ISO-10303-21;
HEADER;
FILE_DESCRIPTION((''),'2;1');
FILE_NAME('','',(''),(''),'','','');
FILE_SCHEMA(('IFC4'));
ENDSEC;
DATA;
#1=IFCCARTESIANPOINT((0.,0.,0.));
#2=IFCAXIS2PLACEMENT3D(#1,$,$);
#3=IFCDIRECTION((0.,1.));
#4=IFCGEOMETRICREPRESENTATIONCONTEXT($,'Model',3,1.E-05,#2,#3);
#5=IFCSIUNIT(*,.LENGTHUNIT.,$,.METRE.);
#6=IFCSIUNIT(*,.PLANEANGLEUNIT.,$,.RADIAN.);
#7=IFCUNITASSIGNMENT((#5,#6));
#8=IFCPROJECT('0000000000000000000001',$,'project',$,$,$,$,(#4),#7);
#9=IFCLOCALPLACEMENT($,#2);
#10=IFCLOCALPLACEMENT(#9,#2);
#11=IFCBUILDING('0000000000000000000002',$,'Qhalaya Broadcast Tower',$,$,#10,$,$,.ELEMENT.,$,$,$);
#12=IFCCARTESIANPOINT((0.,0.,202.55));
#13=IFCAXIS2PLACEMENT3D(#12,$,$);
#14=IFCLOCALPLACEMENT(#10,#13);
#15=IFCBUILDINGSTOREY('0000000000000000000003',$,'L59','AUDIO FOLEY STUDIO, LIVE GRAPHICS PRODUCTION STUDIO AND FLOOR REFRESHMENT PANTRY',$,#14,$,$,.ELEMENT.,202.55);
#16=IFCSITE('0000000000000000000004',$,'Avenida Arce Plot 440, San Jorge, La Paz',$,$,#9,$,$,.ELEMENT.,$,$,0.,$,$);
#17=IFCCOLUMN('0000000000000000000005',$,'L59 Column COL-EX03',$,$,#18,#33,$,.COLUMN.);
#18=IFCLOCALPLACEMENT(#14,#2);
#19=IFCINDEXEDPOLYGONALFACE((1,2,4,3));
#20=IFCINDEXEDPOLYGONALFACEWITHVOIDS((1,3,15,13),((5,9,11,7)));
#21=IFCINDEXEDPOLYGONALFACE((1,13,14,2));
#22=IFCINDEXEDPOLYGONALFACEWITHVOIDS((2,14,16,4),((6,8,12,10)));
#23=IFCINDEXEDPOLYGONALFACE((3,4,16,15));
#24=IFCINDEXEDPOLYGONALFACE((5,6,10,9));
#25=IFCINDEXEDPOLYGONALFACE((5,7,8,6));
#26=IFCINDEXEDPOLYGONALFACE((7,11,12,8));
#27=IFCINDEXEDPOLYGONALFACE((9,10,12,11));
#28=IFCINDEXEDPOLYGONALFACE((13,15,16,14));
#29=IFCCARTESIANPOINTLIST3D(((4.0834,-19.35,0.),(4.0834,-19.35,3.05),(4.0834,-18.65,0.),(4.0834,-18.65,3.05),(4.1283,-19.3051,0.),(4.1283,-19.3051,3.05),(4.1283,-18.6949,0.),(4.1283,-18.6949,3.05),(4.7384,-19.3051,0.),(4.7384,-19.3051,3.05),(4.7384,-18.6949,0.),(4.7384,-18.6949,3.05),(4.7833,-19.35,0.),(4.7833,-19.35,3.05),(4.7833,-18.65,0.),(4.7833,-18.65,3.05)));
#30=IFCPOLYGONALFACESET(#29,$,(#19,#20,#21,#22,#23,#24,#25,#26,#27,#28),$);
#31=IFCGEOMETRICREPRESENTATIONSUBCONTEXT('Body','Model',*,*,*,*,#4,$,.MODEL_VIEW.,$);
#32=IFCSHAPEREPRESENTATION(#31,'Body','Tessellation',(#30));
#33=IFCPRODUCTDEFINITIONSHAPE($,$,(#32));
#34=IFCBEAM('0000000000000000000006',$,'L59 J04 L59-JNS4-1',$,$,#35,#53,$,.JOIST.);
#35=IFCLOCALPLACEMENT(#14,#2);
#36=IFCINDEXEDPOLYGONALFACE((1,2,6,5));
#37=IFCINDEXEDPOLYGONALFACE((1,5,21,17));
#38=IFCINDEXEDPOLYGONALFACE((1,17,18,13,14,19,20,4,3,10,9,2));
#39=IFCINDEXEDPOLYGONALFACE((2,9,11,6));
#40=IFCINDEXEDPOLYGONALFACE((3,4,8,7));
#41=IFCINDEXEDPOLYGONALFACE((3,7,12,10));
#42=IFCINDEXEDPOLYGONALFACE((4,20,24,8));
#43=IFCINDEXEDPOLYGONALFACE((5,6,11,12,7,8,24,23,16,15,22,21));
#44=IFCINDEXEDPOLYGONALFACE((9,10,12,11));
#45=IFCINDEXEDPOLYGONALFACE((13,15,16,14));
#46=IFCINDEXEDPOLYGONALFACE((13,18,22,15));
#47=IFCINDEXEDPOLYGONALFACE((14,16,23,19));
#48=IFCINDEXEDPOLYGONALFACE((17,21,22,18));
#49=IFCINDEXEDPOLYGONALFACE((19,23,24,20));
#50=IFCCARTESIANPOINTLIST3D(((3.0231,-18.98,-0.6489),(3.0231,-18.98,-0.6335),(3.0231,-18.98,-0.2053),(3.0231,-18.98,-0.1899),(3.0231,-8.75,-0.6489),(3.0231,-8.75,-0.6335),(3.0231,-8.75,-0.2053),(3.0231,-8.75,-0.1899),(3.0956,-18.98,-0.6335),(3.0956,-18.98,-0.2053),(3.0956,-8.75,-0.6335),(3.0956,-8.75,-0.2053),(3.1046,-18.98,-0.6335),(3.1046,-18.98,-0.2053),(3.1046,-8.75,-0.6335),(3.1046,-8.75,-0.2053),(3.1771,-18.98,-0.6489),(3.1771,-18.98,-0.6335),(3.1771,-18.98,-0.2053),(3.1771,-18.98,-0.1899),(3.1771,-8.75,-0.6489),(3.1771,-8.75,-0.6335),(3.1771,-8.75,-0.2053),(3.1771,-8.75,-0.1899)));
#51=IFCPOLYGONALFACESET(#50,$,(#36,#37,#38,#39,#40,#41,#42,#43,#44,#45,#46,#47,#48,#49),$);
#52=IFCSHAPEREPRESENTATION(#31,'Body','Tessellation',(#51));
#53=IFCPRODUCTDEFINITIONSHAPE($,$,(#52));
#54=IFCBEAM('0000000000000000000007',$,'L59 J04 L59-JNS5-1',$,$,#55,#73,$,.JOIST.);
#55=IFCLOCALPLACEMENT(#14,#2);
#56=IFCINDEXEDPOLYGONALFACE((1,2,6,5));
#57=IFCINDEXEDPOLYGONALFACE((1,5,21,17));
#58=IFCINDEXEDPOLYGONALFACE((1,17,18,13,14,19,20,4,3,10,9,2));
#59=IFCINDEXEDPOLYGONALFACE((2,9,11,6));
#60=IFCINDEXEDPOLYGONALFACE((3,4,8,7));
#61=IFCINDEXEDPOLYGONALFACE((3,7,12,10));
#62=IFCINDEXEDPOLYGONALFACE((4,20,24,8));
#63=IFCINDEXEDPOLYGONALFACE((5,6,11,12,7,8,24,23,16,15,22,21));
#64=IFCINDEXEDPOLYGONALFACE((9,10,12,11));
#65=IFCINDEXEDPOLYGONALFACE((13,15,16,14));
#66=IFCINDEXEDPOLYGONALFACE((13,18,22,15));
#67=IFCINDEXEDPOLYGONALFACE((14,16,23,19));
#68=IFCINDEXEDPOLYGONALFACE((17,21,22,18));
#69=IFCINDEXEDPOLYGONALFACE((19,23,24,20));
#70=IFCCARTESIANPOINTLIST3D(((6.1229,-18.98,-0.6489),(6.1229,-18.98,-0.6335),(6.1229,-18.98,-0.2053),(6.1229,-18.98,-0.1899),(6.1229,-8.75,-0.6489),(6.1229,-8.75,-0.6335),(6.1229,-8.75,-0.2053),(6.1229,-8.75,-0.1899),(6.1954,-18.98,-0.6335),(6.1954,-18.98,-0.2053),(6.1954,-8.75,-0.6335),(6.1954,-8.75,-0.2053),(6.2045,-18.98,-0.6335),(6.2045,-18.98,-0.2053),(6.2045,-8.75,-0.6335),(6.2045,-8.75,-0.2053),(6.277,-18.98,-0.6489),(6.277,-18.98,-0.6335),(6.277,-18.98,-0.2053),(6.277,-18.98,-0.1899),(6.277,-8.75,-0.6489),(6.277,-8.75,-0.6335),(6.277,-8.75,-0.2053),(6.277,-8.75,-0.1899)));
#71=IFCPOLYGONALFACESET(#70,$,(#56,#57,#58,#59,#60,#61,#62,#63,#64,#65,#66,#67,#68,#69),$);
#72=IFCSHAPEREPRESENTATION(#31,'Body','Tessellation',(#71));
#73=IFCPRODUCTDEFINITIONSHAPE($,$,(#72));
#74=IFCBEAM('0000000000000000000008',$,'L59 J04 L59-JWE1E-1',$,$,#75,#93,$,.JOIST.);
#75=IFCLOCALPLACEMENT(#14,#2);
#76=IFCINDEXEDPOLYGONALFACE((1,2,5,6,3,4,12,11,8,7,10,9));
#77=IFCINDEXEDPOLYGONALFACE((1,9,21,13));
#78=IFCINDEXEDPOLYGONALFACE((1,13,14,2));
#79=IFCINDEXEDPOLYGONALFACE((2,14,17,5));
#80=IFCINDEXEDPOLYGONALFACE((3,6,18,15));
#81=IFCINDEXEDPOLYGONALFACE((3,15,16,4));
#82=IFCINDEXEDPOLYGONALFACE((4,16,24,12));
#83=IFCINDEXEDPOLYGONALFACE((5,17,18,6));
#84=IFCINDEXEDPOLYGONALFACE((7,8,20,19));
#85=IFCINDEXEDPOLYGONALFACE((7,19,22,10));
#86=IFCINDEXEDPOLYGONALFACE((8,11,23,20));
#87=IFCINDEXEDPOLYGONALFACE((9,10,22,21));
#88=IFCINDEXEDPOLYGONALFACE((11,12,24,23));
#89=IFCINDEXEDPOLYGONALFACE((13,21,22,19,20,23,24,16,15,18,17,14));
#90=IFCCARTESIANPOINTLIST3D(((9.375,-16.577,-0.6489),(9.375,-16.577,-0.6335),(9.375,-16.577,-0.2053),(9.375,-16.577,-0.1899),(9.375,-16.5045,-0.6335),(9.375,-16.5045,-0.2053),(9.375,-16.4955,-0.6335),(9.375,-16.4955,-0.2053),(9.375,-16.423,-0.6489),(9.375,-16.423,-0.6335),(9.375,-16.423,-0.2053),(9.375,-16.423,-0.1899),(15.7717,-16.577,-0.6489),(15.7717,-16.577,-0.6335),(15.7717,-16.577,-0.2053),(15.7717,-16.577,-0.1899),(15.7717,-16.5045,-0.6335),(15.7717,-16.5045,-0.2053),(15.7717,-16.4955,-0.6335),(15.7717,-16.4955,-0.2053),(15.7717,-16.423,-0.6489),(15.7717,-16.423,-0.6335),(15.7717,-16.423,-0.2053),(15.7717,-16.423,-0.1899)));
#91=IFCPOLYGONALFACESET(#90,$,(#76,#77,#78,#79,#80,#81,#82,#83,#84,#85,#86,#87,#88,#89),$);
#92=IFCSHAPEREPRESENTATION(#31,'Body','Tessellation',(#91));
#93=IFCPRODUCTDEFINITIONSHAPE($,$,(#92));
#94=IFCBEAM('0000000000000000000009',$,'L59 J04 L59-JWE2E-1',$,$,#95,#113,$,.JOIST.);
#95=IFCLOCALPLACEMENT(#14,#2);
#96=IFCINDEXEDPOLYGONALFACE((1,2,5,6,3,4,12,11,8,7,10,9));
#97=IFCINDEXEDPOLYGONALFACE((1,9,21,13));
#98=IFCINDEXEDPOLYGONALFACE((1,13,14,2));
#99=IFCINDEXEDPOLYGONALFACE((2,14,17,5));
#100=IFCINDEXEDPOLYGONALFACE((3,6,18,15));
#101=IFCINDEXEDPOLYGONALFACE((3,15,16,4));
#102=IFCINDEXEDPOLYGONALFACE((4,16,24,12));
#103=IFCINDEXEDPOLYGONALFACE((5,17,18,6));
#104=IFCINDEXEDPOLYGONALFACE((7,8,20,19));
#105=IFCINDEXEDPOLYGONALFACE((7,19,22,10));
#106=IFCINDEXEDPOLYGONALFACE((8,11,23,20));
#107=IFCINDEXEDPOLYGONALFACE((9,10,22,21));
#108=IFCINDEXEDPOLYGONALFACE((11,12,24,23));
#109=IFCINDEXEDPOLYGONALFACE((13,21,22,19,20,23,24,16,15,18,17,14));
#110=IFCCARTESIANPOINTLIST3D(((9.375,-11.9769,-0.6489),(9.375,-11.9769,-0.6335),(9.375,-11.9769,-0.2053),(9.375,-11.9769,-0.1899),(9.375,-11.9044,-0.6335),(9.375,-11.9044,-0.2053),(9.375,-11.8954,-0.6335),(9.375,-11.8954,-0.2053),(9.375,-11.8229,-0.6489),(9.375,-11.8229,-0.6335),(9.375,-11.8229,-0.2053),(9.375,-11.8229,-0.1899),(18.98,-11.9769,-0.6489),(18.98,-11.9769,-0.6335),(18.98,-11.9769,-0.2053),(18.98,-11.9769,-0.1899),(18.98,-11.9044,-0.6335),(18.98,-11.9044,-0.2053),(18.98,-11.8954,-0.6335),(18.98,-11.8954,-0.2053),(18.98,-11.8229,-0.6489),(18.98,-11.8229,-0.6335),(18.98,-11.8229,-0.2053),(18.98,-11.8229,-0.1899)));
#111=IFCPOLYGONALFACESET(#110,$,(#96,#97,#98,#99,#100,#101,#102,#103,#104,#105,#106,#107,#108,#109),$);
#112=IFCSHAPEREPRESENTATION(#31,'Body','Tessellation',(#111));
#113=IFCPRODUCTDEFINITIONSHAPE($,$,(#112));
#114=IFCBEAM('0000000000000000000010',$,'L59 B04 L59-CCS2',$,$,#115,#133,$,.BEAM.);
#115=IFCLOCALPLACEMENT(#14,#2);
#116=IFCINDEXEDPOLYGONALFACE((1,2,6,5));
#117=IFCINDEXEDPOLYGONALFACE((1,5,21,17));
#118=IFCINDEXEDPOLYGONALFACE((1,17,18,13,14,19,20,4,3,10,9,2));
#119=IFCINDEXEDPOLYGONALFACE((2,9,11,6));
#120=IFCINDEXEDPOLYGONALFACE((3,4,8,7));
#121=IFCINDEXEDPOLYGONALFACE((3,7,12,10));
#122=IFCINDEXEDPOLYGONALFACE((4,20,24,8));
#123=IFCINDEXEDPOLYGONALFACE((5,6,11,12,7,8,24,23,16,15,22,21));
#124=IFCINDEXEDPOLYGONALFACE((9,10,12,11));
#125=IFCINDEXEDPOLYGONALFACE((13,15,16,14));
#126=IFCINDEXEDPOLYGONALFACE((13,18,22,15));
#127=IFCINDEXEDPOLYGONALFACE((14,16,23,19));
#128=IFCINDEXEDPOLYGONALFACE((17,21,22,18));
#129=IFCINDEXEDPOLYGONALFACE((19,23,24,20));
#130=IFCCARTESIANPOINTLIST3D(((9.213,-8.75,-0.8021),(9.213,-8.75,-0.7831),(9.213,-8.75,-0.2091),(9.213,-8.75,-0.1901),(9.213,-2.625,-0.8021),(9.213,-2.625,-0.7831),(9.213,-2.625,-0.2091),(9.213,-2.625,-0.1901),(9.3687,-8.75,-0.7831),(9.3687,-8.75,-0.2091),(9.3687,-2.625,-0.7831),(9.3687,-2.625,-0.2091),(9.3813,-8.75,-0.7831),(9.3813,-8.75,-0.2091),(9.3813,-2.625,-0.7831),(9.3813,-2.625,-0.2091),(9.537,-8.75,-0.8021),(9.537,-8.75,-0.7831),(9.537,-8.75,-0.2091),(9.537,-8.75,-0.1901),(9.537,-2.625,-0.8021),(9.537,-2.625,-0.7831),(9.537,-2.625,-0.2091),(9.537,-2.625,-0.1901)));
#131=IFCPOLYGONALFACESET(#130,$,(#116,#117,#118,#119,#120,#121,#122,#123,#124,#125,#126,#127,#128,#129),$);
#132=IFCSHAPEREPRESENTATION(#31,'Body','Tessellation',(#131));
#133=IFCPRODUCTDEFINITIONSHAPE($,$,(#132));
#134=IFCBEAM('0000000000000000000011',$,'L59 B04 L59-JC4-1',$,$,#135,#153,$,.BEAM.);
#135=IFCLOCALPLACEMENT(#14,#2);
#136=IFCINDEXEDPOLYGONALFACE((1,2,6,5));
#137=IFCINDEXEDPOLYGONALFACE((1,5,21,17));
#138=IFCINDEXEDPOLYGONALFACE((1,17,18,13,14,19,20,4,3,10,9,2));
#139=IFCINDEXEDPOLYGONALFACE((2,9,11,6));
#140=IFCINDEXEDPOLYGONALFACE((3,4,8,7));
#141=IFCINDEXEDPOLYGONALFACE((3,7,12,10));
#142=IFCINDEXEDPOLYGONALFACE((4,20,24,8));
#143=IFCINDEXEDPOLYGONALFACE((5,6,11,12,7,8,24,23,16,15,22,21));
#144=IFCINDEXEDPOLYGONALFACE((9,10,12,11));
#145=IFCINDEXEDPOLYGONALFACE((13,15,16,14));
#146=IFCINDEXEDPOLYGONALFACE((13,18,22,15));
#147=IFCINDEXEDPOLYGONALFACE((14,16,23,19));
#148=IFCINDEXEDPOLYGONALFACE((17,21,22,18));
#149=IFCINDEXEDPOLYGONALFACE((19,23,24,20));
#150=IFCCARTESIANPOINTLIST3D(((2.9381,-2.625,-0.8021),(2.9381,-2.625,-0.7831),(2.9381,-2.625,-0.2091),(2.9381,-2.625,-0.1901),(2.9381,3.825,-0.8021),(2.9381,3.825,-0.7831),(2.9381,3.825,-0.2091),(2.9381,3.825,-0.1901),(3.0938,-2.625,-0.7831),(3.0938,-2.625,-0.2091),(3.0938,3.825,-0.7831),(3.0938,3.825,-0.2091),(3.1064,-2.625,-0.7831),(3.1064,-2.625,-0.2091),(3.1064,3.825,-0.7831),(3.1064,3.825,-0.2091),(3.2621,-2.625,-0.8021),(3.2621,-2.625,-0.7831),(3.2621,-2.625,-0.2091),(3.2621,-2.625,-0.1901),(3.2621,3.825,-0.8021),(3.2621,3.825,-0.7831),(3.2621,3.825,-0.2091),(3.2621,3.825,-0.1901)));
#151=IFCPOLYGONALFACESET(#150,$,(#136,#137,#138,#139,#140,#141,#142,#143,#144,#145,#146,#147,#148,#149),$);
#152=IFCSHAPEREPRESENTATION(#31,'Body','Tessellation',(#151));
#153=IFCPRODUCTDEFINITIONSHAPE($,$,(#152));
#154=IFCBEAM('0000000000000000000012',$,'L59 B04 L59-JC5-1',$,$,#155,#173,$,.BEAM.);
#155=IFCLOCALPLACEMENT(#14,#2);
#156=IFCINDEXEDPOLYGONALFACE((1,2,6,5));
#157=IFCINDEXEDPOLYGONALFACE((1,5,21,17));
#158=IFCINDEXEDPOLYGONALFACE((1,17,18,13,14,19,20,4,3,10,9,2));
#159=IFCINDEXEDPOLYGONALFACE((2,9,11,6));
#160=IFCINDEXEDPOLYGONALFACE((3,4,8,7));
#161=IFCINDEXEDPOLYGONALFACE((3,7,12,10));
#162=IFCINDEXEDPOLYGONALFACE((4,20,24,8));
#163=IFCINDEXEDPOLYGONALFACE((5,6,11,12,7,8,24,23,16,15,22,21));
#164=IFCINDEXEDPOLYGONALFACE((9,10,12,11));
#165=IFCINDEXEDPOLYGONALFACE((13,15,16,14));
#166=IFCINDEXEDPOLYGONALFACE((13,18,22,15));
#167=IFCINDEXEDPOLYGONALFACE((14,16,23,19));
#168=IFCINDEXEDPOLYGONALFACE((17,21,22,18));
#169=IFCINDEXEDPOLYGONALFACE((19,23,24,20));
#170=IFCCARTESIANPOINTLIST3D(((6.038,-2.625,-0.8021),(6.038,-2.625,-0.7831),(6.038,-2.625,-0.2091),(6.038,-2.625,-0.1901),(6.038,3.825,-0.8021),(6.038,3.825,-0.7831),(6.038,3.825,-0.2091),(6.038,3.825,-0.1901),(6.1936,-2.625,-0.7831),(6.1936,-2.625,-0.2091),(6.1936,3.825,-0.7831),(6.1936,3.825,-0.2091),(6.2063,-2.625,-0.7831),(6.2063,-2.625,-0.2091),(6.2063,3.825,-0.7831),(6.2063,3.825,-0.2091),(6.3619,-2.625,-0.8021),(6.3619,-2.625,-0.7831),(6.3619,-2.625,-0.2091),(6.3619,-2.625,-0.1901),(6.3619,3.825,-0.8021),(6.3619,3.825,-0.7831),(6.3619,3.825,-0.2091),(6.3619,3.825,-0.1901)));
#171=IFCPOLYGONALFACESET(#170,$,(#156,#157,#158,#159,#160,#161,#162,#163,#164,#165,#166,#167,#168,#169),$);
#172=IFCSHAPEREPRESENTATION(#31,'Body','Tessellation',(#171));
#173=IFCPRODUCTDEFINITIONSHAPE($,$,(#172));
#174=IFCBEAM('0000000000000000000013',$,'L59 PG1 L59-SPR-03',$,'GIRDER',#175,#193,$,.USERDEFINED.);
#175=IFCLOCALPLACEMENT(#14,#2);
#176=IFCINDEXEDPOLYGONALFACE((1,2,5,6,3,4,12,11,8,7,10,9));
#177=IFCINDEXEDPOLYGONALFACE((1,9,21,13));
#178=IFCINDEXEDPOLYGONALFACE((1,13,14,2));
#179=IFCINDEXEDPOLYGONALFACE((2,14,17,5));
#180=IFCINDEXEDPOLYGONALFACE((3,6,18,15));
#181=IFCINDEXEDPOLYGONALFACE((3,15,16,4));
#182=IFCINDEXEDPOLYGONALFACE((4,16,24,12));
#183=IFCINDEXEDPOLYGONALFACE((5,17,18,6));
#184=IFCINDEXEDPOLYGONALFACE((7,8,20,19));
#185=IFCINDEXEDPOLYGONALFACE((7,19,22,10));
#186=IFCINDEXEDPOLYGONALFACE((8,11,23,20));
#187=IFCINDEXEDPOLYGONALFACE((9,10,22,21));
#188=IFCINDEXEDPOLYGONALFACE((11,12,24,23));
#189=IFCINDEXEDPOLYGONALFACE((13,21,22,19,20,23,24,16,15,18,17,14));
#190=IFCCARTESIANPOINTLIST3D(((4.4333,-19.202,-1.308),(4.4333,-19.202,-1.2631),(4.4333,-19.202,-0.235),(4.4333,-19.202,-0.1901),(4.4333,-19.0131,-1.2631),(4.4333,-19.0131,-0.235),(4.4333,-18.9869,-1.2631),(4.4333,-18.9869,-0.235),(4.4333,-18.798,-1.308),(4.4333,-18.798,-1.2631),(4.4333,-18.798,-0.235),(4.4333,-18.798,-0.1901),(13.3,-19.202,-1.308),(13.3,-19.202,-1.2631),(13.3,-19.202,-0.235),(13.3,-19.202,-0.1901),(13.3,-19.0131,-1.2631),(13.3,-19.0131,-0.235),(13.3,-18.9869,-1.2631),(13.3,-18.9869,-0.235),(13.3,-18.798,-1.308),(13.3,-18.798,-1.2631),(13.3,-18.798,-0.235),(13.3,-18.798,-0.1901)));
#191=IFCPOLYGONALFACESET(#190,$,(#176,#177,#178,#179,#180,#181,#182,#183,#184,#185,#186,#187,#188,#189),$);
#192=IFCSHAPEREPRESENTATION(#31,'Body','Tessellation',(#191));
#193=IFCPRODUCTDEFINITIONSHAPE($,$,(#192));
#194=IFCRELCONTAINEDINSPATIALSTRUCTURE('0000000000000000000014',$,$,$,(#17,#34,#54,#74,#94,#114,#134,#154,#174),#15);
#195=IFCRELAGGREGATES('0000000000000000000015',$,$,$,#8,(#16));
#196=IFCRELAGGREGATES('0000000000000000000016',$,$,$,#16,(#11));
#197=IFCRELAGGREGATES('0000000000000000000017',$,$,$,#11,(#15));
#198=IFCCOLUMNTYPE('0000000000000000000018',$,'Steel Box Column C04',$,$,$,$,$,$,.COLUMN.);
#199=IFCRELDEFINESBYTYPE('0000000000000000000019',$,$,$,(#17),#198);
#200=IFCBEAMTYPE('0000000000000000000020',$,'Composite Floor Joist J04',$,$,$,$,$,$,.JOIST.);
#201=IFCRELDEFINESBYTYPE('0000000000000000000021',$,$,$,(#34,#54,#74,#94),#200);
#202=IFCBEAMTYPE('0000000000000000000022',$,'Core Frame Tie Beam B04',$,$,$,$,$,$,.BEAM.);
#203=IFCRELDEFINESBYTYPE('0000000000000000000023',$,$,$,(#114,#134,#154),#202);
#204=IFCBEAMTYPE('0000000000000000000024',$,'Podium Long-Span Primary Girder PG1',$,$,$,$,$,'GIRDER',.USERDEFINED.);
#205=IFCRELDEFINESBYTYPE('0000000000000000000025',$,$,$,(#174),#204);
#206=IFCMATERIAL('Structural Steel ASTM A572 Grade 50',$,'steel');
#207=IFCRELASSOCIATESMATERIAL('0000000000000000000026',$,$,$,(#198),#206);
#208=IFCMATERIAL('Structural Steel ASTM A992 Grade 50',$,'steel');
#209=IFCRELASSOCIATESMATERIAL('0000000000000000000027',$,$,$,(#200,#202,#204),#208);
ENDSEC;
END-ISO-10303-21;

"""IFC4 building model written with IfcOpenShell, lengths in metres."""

from ifc_helpers import new_model, si_unit, direction, frame, origin, origin_2d, place, context, subcontext, project, spatial, hollow_rectangle, i_section, extrude, material, material_profile, profile_set, type_object, element, save


model = new_model("IFC4")

# Units and contexts
model_context = context("Model", 3, precision=1e-05, world=origin(), true_north=direction((0.0, 1.0)))
body_context = subcontext(model_context, "Body", "Model", "MODEL_VIEW")
ifc_project = project(units=[si_unit("LENGTHUNIT", "METRE"), si_unit("PLANEANGLEUNIT", "RADIAN")], contexts=[model_context])

# Site, building, storey
site_placement = place(None, origin())
site = spatial("IfcSite", under=ifc_project, at=site_placement, Name="Avenida Arce Plot 440, San Jorge, La Paz", CompositionType="ELEMENT", RefElevation=0.0)
building_placement = place(site_placement, origin())
building = spatial("IfcBuilding", under=site, at=building_placement, Name="Qhalaya Broadcast Tower", CompositionType="ELEMENT")
storey_placement = place(building_placement, frame((0.0, 0.0, 202.55)))
storey = spatial("IfcBuildingStorey", under=building, at=storey_placement, Name="L59", Description="AUDIO FOLEY STUDIO, LIVE GRAPHICS PRODUCTION STUDIO AND FLOOR REFRESHMENT PANTRY", CompositionType="ELEMENT", Elevation=202.55)

# Column
ifc_material_1 = material(Name="Structural Steel ASTM A572 Grade 50", Category="steel")
ifc_material_profile_1 = material_profile(ifc_material_1, hollow_rectangle(XDim=0.7, YDim=0.7, WallThickness=0.0449, at=origin_2d()), Name="BOX 700x700x45")
ifc_profile_set_1 = profile_set([ifc_material_profile_1], Name="Structural Steel ASTM A572 Grade 50")
column_type = type_object("IfcColumnType", Name="Steel Box Column C04", PredefinedType="COLUMN", material=ifc_profile_set_1)
column_placement = place(storey_placement, frame((4.4333, -19.0, 0.0), z_axis=(0.0, 0.0, 1.0), x_axis=(1.0, 0.0, 0.0)))
element("IfcColumn", 1, at=column_placement, inside=storey, type_object=column_type, Name="L59 Column COL-EX03", PredefinedType="COLUMN", context=body_context, shape_type="SweptSolid", body=[
    extrude(hollow_rectangle(XDim=0.7, YDim=0.7, WallThickness=0.0449, at=origin_2d()), origin(), (0.0, 0.0, 1.0), 3.05),
])

# Beams
ifc_material_2 = material(Name="Structural Steel ASTM A992 Grade 50", Category="steel")
ifc_material_profile_2 = material_profile(ifc_material_2, i_section(OverallWidth=0.1541, OverallDepth=0.459, WebThickness=0.009, FlangeThickness=0.0154, at=origin_2d()), Name="W18X46")
ifc_profile_set_2 = profile_set([ifc_material_profile_2], Name="Structural Steel ASTM A992 Grade 50")
beam_type_1 = type_object("IfcBeamType", Name="Composite Floor Joist J04", PredefinedType="JOIST", material=ifc_profile_set_2)
for number, where, z_axis, x_axis, name in (
    (2, (3.1001, -18.98, -0.4194), (0.0, 1.0, 0.0), (-1.0, 0.0, 0.0), "L59 J04 L59-JNS4-1"),
    (3, (6.2, -18.98, -0.4194), (0.0, 1.0, 0.0), (-1.0, 0.0, 0.0), "L59 J04 L59-JNS5-1"),
):
    element("IfcBeam", number, at=place(storey_placement, frame(where, z_axis=z_axis, x_axis=x_axis)), inside=storey, type_object=beam_type_1, Name=name, PredefinedType="JOIST", context=body_context, shape_type="SweptSolid", body=[
        extrude(i_section(OverallWidth=0.1541, OverallDepth=0.459, WebThickness=0.009, FlangeThickness=0.0154, at=origin_2d()), origin(), (0.0, 0.0, 1.0), 10.23),
    ])
beam_1_placement = place(storey_placement, frame((9.375, -16.5, -0.4194), z_axis=(1.0, 0.0, 0.0), x_axis=(0.0, 1.0, 0.0)))
element("IfcBeam", 4, at=beam_1_placement, inside=storey, type_object=beam_type_1, Name="L59 J04 L59-JWE1E-1", PredefinedType="JOIST", context=body_context, shape_type="SweptSolid", body=[
    extrude(i_section(OverallWidth=0.1541, OverallDepth=0.459, WebThickness=0.009, FlangeThickness=0.0154, at=origin_2d()), origin(), (0.0, 0.0, 1.0), 6.3967),
])
beam_2_placement = place(storey_placement, frame((9.375, -11.8999, -0.4194), z_axis=(1.0, 0.0, 0.0), x_axis=(0.0, 1.0, 0.0)))
element("IfcBeam", 5, at=beam_2_placement, inside=storey, type_object=beam_type_1, Name="L59 J04 L59-JWE2E-1", PredefinedType="JOIST", context=body_context, shape_type="SweptSolid", body=[
    extrude(i_section(OverallWidth=0.1541, OverallDepth=0.459, WebThickness=0.009, FlangeThickness=0.0154, at=origin_2d()), origin(), (0.0, 0.0, 1.0), 9.605),
])
ifc_material_profile_3 = material_profile(ifc_material_2, i_section(OverallWidth=0.324, OverallDepth=0.6121, WebThickness=0.0127, FlangeThickness=0.019, at=origin_2d()), Name="W24X104")
ifc_profile_set_3 = profile_set([ifc_material_profile_3], Name="Structural Steel ASTM A992 Grade 50")
beam_type_2 = type_object("IfcBeamType", Name="Core Frame Tie Beam B04", PredefinedType="BEAM", material=ifc_profile_set_3)
beam_3_placement = place(storey_placement, frame((9.375, -8.75, -0.4961), z_axis=(0.0, 1.0, 0.0), x_axis=(-1.0, 0.0, 0.0)))
element("IfcBeam", 6, at=beam_3_placement, inside=storey, type_object=beam_type_2, Name="L59 B04 L59-CCS2", PredefinedType="BEAM", context=body_context, shape_type="SweptSolid", body=[
    extrude(i_section(OverallWidth=0.324, OverallDepth=0.6121, WebThickness=0.0127, FlangeThickness=0.019, at=origin_2d()), origin(), (0.0, 0.0, 1.0), 6.125),
])
for number, where, z_axis, x_axis, name in (
    (7, (3.1001, -2.625, -0.4961), (0.0, 1.0, 0.0), (-1.0, 0.0, 0.0), "L59 B04 L59-JC4-1"),
    (8, (6.2, -2.625, -0.4961), (0.0, 1.0, 0.0), (-1.0, 0.0, 0.0), "L59 B04 L59-JC5-1"),
):
    element("IfcBeam", number, at=place(storey_placement, frame(where, z_axis=z_axis, x_axis=x_axis)), inside=storey, type_object=beam_type_2, Name=name, PredefinedType="BEAM", context=body_context, shape_type="SweptSolid", body=[
        extrude(i_section(OverallWidth=0.324, OverallDepth=0.6121, WebThickness=0.0127, FlangeThickness=0.019, at=origin_2d()), origin(), (0.0, 0.0, 1.0), 6.45),
    ])
ifc_material_profile_4 = material_profile(ifc_material_2, i_section(OverallWidth=0.4041, OverallDepth=1.1179, WebThickness=0.0261, FlangeThickness=0.0449, at=origin_2d()), Name="W44X335")
ifc_profile_set_4 = profile_set([ifc_material_profile_4], Name="Structural Steel ASTM A992 Grade 50")
beam_type_3 = type_object("IfcBeamType", Name="Podium Long-Span Primary Girder PG1", ElementType="GIRDER", PredefinedType="USERDEFINED", material=ifc_profile_set_4)
beam_4_placement = place(storey_placement, frame((4.4333, -19.0, -0.749), z_axis=(1.0, 0.0, 0.0), x_axis=(0.0, 1.0, 0.0)))
element("IfcBeam", 9, at=beam_4_placement, inside=storey, type_object=beam_type_3, Name="L59 PG1 L59-SPR-03", ObjectType="GIRDER", PredefinedType="USERDEFINED", context=body_context, shape_type="SweptSolid", body=[
    extrude(i_section(OverallWidth=0.4041, OverallDepth=1.1179, WebThickness=0.0261, FlangeThickness=0.0449, at=origin_2d()), origin(), (0.0, 0.0, 1.0), 8.8667),
])

save(model, "model.ifc")
